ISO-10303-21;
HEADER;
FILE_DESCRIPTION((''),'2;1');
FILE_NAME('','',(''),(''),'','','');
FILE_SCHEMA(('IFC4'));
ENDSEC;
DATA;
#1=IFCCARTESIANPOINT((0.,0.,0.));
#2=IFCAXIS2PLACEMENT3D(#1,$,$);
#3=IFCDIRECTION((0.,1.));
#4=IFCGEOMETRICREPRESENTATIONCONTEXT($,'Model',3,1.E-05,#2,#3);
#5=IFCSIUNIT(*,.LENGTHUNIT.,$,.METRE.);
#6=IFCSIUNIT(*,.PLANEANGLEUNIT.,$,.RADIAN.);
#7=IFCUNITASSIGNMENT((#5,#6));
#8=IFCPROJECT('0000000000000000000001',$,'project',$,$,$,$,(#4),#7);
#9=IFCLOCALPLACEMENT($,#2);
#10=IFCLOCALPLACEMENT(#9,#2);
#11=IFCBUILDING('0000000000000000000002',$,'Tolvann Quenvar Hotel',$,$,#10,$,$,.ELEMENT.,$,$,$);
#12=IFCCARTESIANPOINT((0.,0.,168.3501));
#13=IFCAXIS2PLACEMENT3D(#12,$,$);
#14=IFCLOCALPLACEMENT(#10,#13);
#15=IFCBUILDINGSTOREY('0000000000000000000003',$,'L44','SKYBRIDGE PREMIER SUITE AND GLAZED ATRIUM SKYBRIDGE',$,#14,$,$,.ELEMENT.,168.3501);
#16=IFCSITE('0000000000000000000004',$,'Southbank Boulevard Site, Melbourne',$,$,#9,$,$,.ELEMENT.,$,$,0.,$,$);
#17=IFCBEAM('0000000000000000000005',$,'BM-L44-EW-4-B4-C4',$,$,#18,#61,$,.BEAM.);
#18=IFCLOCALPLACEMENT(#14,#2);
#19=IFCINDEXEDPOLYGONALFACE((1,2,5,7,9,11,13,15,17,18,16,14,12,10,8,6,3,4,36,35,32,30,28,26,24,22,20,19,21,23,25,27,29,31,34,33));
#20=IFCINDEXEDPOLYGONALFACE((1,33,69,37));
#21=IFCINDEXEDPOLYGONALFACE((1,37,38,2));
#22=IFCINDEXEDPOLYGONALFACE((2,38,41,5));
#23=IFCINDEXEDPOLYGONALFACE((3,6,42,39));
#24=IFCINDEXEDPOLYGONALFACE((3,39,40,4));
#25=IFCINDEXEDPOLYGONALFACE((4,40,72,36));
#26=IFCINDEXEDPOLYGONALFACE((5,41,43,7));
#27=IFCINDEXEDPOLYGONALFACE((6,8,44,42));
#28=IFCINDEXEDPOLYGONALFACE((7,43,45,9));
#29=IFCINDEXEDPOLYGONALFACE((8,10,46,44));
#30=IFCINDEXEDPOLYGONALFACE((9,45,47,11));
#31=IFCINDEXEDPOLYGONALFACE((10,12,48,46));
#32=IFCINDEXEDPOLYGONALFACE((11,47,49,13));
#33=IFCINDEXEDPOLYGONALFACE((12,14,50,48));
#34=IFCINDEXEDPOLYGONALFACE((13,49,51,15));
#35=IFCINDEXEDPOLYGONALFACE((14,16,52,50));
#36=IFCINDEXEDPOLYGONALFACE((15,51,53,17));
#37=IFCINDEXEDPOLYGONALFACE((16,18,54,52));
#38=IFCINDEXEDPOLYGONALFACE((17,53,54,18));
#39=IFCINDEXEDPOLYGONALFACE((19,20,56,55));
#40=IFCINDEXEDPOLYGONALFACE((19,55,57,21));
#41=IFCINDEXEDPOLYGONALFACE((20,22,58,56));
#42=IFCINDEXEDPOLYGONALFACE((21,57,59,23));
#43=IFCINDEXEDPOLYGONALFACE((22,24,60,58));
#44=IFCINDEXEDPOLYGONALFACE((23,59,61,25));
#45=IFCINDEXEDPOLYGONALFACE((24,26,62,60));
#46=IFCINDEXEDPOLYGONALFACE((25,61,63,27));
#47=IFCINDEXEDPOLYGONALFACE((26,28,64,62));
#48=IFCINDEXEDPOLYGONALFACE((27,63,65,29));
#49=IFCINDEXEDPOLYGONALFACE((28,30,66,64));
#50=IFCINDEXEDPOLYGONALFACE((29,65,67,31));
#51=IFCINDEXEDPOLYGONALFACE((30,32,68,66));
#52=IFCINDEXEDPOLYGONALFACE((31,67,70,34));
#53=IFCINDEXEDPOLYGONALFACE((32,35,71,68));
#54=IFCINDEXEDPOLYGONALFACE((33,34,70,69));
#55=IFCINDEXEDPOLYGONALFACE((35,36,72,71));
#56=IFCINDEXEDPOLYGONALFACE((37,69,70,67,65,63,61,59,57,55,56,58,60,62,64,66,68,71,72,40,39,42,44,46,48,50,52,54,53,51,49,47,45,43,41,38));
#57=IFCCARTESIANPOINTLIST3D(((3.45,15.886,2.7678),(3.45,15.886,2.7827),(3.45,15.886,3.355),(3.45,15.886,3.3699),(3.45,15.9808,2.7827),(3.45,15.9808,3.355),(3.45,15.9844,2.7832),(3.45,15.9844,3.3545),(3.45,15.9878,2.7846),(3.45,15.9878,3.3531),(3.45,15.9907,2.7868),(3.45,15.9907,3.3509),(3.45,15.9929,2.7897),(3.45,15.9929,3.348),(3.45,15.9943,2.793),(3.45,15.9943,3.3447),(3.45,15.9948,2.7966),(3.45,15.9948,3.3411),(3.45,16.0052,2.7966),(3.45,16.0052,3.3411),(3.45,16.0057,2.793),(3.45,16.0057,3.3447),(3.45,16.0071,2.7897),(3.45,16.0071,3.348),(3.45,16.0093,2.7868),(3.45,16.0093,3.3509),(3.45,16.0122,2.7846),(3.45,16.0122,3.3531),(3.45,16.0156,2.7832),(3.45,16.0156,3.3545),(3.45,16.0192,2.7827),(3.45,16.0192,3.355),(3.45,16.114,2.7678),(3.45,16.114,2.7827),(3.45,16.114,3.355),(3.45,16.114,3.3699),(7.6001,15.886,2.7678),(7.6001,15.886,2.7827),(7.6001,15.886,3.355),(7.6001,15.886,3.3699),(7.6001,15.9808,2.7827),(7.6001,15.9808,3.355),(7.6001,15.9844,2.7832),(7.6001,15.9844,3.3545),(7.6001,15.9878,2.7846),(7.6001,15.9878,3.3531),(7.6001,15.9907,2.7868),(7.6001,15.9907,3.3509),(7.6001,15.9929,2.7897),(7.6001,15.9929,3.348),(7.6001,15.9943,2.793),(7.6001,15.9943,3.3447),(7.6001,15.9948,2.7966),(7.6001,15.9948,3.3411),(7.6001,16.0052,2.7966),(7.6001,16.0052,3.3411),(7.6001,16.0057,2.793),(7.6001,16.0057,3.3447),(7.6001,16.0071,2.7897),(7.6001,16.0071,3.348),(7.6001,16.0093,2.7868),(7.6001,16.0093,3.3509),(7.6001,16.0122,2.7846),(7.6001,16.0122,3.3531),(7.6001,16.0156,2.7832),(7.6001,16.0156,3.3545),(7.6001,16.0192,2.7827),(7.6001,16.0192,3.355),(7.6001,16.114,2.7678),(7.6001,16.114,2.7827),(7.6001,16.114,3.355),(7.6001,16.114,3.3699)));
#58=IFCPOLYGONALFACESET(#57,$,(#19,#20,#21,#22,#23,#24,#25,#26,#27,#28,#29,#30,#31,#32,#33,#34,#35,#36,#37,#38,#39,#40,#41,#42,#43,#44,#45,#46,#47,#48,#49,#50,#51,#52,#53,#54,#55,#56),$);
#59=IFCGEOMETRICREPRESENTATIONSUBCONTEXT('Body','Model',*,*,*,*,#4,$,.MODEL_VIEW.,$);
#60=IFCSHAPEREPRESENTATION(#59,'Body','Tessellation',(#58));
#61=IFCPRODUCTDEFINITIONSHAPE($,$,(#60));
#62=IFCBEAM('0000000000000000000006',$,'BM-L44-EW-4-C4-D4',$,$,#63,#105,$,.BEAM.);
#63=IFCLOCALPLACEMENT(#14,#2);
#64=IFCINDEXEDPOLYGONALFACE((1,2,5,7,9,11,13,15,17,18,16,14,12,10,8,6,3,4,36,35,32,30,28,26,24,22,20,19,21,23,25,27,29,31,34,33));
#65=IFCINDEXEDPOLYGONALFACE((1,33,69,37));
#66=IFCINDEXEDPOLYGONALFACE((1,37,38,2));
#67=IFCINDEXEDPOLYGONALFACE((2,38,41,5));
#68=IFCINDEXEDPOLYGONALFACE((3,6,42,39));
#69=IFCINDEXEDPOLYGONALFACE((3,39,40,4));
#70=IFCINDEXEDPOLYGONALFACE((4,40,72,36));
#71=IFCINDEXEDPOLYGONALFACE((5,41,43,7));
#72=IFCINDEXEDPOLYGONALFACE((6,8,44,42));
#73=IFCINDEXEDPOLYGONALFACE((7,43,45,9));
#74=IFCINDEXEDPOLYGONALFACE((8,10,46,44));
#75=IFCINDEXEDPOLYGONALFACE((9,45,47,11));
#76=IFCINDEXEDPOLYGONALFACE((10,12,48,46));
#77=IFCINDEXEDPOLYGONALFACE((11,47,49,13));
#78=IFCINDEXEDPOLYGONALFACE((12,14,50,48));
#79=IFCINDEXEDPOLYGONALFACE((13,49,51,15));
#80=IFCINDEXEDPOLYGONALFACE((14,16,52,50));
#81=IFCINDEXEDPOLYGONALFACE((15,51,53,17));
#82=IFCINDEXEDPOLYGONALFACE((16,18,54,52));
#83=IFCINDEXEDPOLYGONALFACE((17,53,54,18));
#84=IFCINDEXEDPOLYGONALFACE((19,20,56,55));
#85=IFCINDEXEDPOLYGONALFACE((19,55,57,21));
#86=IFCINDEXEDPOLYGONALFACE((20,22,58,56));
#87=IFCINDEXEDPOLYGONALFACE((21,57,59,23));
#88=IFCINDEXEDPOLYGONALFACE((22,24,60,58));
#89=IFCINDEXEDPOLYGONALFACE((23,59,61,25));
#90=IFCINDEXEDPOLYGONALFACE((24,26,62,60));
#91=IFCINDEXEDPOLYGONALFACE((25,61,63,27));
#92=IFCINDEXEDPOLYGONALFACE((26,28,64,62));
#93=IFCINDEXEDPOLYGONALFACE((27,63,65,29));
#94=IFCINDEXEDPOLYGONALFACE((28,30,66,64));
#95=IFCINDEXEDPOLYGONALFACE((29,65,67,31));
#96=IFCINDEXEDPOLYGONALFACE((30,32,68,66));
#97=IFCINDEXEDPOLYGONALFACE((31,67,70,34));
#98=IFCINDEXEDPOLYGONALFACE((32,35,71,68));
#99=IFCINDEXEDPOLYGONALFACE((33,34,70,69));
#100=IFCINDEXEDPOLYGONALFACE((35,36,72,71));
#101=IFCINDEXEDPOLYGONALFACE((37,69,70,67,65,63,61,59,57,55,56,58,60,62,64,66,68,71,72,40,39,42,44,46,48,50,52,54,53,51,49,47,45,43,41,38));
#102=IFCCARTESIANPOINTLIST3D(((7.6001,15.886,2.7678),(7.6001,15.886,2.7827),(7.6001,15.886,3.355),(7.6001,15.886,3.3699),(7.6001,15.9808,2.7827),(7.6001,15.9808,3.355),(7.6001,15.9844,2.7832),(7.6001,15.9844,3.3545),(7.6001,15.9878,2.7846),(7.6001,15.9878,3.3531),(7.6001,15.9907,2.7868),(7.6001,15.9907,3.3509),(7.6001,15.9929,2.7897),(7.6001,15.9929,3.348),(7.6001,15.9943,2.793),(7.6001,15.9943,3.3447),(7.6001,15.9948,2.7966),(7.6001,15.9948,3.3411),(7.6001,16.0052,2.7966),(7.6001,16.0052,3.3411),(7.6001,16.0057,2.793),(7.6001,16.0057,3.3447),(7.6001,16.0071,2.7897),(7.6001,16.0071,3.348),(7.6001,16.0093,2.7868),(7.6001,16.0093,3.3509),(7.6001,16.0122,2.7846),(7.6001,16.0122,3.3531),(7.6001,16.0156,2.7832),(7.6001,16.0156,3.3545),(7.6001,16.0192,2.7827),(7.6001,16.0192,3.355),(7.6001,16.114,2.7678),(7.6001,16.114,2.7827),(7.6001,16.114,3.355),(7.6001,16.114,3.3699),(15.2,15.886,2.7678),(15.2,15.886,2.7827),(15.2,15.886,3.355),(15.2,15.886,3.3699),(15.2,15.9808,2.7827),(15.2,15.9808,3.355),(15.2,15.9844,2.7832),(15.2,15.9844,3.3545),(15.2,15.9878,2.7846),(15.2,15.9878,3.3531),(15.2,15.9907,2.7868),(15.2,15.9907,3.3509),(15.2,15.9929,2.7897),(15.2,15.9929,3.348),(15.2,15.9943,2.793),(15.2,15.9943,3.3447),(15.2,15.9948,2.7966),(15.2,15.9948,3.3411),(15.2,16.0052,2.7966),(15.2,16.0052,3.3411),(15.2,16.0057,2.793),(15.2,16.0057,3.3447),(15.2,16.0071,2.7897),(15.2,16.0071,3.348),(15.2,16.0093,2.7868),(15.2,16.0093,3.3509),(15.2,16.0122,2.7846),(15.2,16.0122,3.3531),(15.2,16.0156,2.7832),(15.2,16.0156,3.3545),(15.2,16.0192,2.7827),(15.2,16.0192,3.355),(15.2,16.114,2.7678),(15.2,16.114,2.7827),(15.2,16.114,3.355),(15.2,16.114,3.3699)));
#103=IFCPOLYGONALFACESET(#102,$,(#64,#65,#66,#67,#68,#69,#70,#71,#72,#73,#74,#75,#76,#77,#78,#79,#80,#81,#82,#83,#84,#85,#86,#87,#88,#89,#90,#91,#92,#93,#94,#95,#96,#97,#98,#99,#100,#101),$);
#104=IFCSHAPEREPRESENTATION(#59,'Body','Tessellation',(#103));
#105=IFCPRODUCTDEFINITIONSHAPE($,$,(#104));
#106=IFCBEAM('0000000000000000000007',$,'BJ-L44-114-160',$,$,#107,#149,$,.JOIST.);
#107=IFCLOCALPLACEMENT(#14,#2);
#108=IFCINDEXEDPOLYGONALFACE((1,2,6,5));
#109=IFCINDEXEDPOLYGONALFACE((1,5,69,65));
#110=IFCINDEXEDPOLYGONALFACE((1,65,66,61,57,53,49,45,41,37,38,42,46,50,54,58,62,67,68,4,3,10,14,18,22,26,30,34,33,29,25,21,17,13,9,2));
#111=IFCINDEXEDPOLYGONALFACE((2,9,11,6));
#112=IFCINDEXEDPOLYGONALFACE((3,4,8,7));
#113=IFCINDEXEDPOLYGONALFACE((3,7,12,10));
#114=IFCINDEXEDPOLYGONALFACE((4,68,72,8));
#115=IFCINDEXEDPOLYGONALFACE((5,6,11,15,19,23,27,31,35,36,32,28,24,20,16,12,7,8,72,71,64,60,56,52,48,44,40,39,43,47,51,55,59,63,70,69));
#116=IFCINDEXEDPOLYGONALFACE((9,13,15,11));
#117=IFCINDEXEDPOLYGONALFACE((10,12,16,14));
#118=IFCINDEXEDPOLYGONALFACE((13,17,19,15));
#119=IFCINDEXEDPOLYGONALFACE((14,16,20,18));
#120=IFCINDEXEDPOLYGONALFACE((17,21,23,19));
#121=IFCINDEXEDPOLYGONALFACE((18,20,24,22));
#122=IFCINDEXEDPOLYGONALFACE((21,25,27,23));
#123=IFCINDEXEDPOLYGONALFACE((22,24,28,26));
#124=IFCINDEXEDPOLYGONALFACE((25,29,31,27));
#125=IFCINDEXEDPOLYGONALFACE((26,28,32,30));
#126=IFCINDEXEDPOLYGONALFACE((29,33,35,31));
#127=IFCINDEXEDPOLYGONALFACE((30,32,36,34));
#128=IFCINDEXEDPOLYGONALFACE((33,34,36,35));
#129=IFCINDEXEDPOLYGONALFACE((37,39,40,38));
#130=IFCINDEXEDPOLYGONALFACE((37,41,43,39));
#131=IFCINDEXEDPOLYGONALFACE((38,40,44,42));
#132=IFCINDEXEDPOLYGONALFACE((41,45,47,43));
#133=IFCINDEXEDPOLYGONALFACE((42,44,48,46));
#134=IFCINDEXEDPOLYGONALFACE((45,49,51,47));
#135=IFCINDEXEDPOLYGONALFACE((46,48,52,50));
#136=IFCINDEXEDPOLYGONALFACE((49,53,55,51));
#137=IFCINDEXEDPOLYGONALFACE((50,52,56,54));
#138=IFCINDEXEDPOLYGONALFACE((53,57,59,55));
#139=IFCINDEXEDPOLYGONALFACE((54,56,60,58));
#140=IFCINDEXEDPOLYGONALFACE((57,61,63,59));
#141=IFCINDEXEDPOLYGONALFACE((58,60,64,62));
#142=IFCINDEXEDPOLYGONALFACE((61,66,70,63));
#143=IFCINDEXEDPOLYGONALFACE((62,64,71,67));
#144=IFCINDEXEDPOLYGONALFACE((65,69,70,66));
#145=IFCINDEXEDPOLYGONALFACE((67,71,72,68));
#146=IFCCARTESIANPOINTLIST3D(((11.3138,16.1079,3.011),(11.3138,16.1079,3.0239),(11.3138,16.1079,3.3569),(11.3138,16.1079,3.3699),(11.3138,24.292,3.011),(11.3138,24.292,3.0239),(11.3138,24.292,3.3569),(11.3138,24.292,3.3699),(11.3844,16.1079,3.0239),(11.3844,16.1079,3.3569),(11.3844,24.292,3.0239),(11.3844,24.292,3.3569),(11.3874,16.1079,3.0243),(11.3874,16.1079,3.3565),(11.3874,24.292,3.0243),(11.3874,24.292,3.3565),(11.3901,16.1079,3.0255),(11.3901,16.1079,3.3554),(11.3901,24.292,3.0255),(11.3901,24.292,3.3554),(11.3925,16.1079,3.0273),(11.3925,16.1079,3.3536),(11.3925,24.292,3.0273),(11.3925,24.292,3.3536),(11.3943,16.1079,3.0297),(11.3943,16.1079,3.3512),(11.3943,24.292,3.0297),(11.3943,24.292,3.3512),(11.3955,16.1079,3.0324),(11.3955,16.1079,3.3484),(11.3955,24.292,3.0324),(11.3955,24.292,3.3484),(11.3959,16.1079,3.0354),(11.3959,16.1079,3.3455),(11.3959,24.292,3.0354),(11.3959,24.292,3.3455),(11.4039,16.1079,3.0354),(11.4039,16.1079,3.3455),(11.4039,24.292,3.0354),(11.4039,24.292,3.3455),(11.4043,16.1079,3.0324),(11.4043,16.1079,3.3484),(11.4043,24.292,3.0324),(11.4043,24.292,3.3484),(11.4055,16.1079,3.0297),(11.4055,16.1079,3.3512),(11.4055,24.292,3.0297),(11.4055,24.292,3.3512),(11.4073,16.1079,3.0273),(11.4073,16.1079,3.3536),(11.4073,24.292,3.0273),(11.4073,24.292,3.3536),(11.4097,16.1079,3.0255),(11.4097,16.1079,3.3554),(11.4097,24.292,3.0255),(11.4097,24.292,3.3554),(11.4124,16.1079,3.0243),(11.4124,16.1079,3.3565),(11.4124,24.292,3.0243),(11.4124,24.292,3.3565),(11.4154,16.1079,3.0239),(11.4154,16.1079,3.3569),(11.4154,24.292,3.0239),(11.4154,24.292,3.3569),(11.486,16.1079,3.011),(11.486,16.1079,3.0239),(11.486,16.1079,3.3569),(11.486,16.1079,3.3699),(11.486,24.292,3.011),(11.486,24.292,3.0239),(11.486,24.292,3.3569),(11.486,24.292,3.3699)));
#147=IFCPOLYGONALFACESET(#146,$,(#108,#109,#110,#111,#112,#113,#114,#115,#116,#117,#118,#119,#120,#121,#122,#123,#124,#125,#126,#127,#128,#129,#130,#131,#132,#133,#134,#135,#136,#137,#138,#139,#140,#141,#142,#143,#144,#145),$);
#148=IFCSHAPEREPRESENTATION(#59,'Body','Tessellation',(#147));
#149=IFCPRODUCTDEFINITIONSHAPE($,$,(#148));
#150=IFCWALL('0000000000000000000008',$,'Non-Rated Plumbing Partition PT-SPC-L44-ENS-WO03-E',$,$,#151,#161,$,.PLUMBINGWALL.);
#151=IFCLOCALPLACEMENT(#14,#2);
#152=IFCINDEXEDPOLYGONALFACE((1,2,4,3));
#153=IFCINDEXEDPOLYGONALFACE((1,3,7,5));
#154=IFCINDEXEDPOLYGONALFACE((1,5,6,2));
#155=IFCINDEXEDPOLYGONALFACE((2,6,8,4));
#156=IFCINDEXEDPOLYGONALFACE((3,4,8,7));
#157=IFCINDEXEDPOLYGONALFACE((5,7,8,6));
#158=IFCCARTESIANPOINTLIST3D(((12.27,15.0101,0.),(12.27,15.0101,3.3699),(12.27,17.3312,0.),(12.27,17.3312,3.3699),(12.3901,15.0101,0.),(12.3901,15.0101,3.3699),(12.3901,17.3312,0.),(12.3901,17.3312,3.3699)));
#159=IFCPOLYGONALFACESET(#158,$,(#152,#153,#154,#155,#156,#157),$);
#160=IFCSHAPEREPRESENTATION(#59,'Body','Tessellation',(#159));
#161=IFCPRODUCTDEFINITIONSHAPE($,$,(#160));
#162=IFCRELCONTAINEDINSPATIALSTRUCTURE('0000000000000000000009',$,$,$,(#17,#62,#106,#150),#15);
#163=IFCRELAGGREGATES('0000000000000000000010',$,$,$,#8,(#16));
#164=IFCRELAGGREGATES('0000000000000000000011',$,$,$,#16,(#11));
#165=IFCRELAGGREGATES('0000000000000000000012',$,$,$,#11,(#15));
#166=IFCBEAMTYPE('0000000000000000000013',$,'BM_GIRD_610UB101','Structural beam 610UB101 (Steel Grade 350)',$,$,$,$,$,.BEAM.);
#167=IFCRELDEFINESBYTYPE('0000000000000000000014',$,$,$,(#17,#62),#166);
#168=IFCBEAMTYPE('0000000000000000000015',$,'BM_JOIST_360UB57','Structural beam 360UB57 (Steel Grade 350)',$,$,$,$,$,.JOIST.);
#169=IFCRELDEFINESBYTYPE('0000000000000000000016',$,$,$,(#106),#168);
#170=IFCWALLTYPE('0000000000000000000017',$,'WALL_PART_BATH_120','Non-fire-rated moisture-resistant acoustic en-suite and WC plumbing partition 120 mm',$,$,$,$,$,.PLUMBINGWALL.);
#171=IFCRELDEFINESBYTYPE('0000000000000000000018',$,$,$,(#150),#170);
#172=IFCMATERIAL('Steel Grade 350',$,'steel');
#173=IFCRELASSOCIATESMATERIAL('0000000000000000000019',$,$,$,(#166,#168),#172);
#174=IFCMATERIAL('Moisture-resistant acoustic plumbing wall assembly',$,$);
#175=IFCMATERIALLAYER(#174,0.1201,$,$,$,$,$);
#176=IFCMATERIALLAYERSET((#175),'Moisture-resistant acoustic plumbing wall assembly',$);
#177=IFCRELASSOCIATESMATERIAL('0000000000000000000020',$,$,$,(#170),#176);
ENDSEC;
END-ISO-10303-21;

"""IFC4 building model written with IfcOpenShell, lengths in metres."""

from ifc_helpers import new_model, si_unit, direction, frame, frame_2d, origin, origin_2d, place, context, subcontext, project, spatial, rectangle, i_section, extrude, source, transform, mapped, material, layer, layer_set, material_profile, profile_set, type_object, type_shapes, element, save


model = new_model("IFC4")

# Units and contexts
model_context = context("Model", 3, precision=1e-05, world=origin(), true_north=direction((0.0, 1.0)))
body_context = subcontext(model_context, "Body", "Model", "MODEL_VIEW")
ifc_project = project(units=[si_unit("LENGTHUNIT", "METRE"), si_unit("PLANEANGLEUNIT", "RADIAN")], contexts=[model_context])

# Site, building, storey
site_placement = place(None, origin())
site = spatial("IfcSite", under=ifc_project, at=site_placement, Name="Southbank Boulevard Site, Melbourne", CompositionType="ELEMENT", RefElevation=0.0)
building_placement = place(site_placement, origin())
building = spatial("IfcBuilding", under=site, at=building_placement, Name="Tolvann Quenvar Hotel", CompositionType="ELEMENT")
storey_placement = place(building_placement, frame((0.0, 0.0, 168.3501)))
storey = spatial("IfcBuildingStorey", under=building, at=storey_placement, Name="L44", Description="SKYBRIDGE PREMIER SUITE AND GLAZED ATRIUM SKYBRIDGE", CompositionType="ELEMENT", Elevation=168.3501)

# Shared definitions
ifc_material_1 = material(Name="Steel Grade 350", Category="steel")

# Beams
ifc_material_profile_1 = material_profile(ifc_material_1, i_section(OverallWidth=0.228, OverallDepth=0.6021, WebThickness=0.0105, FlangeThickness=0.0149, FilletRadius=0.0139, at=origin_2d()), Name="610UB101")
ifc_profile_set_1 = profile_set([ifc_material_profile_1], Name="Steel Grade 350")
beam_type_1 = type_object("IfcBeamType", Name="BM_GIRD_610UB101", Description="Structural beam 610UB101 (Steel Grade 350)", PredefinedType="BEAM", material=ifc_profile_set_1)
shared_shape_1 = source(origin(), body_context, "Body", "SweptSolid", [
    extrude(i_section(OverallWidth=0.228, OverallDepth=0.6021, WebThickness=0.0105, FlangeThickness=0.0149, FilletRadius=0.0139, at=origin_2d()), origin(), (0.0, 0.0, 1.0), 4.1501),
])
beam_1_placement = place(storey_placement, frame((3.45, 16.0, 3.0688), z_axis=(1.0, 0.0, 0.0), x_axis=(0.0, 1.0, 0.0)))
element("IfcBeam", 1, at=beam_1_placement, inside=storey, type_object=beam_type_1, Name="BM-L44-EW-4-B4-C4", PredefinedType="BEAM", context=body_context, shape_type="MappedRepresentation", body=[
    mapped(shared_shape_1, transform((0.0, 0.0, 0.0), x_axis=(1.0, 0.0, 0.0), y_axis=(0.0, 1.0, 0.0), z_axis=(0.0, 0.0, 1.0), scale=1.0)),
])
shared_shape_2 = source(origin(), body_context, "Body", "SweptSolid", [
    extrude(i_section(OverallWidth=0.228, OverallDepth=0.6021, WebThickness=0.0105, FlangeThickness=0.0149, FilletRadius=0.0139, at=origin_2d()), origin(), (0.0, 0.0, 1.0), 7.5999),
])
type_shapes(beam_type_1, [shared_shape_1, shared_shape_2])
beam_2_placement = place(storey_placement, frame((7.6001, 16.0, 3.0688), z_axis=(1.0, 0.0, 0.0), x_axis=(0.0, 1.0, 0.0)))
element("IfcBeam", 2, at=beam_2_placement, inside=storey, type_object=beam_type_1, Name="BM-L44-EW-4-C4-D4", PredefinedType="BEAM", context=body_context, shape_type="MappedRepresentation", body=[
    mapped(shared_shape_2, transform((0.0, 0.0, 0.0), x_axis=(1.0, 0.0, 0.0), y_axis=(0.0, 1.0, 0.0), z_axis=(0.0, 0.0, 1.0), scale=1.0)),
])
ifc_material_profile_2 = material_profile(ifc_material_1, i_section(OverallWidth=0.1721, OverallDepth=0.3589, WebThickness=0.0081, FlangeThickness=0.0129, FilletRadius=0.0115, at=origin_2d()), Name="360UB57")
ifc_profile_set_2 = profile_set([ifc_material_profile_2], Name="Steel Grade 350")
beam_type_2 = type_object("IfcBeamType", Name="BM_JOIST_360UB57", Description="Structural beam 360UB57 (Steel Grade 350)", PredefinedType="JOIST", material=ifc_profile_set_2)
shared_shape_3 = source(origin(), body_context, "Body", "SweptSolid", [
    extrude(i_section(OverallWidth=0.1721, OverallDepth=0.3589, WebThickness=0.0081, FlangeThickness=0.0129, FilletRadius=0.0115, at=origin_2d()), origin(), (0.0, 0.0, 1.0), 8.1841),
])
type_shapes(beam_type_2, [shared_shape_3])
beam_3_placement = place(storey_placement, frame((11.3999, 16.1079, 3.1904), z_axis=(0.0, 1.0, 0.0), x_axis=(-1.0, 0.0, 0.0)))
element("IfcBeam", 3, at=beam_3_placement, inside=storey, type_object=beam_type_2, Name="BJ-L44-114-160", PredefinedType="JOIST", context=body_context, shape_type="MappedRepresentation", body=[
    mapped(shared_shape_3, transform((0.0, 0.0, 0.0), x_axis=(1.0, 0.0, 0.0), y_axis=(0.0, 1.0, 0.0), z_axis=(0.0, 0.0, 1.0), scale=1.0)),
])

# Wall
ifc_material_2 = material(Name="Moisture-resistant acoustic plumbing wall assembly")
ifc_layer_1 = layer(ifc_material_2, 0.1201)
ifc_layer_set_1 = layer_set([ifc_layer_1], Name="Moisture-resistant acoustic plumbing wall assembly")
wall_type_1 = type_object("IfcWallType", Name="WALL_PART_BATH_120", Description="Non-fire-rated moisture-resistant acoustic en-suite and WC plumbing partition 120 mm", PredefinedType="PLUMBINGWALL", material=ifc_layer_set_1)
wall_1_placement = place(storey_placement, frame((12.3301, 15.01, 0.0), z_axis=(0.0, 0.0, 1.0), x_axis=(0.0, 1.0, 0.0)))
element("IfcWall", 4, at=wall_1_placement, inside=storey, type_object=wall_type_1, Name="Non-Rated Plumbing Partition PT-SPC-L44-ENS-WO03-E", PredefinedType="PLUMBINGWALL", context=body_context, shape_type="SweptSolid", body=[
    extrude(rectangle(XDim=2.321, YDim=0.1201, at=frame_2d((1.1606, 0.0))), origin(), (0.0, 0.0, 1.0), 3.3699),
])

save(model, "model.ifc")
